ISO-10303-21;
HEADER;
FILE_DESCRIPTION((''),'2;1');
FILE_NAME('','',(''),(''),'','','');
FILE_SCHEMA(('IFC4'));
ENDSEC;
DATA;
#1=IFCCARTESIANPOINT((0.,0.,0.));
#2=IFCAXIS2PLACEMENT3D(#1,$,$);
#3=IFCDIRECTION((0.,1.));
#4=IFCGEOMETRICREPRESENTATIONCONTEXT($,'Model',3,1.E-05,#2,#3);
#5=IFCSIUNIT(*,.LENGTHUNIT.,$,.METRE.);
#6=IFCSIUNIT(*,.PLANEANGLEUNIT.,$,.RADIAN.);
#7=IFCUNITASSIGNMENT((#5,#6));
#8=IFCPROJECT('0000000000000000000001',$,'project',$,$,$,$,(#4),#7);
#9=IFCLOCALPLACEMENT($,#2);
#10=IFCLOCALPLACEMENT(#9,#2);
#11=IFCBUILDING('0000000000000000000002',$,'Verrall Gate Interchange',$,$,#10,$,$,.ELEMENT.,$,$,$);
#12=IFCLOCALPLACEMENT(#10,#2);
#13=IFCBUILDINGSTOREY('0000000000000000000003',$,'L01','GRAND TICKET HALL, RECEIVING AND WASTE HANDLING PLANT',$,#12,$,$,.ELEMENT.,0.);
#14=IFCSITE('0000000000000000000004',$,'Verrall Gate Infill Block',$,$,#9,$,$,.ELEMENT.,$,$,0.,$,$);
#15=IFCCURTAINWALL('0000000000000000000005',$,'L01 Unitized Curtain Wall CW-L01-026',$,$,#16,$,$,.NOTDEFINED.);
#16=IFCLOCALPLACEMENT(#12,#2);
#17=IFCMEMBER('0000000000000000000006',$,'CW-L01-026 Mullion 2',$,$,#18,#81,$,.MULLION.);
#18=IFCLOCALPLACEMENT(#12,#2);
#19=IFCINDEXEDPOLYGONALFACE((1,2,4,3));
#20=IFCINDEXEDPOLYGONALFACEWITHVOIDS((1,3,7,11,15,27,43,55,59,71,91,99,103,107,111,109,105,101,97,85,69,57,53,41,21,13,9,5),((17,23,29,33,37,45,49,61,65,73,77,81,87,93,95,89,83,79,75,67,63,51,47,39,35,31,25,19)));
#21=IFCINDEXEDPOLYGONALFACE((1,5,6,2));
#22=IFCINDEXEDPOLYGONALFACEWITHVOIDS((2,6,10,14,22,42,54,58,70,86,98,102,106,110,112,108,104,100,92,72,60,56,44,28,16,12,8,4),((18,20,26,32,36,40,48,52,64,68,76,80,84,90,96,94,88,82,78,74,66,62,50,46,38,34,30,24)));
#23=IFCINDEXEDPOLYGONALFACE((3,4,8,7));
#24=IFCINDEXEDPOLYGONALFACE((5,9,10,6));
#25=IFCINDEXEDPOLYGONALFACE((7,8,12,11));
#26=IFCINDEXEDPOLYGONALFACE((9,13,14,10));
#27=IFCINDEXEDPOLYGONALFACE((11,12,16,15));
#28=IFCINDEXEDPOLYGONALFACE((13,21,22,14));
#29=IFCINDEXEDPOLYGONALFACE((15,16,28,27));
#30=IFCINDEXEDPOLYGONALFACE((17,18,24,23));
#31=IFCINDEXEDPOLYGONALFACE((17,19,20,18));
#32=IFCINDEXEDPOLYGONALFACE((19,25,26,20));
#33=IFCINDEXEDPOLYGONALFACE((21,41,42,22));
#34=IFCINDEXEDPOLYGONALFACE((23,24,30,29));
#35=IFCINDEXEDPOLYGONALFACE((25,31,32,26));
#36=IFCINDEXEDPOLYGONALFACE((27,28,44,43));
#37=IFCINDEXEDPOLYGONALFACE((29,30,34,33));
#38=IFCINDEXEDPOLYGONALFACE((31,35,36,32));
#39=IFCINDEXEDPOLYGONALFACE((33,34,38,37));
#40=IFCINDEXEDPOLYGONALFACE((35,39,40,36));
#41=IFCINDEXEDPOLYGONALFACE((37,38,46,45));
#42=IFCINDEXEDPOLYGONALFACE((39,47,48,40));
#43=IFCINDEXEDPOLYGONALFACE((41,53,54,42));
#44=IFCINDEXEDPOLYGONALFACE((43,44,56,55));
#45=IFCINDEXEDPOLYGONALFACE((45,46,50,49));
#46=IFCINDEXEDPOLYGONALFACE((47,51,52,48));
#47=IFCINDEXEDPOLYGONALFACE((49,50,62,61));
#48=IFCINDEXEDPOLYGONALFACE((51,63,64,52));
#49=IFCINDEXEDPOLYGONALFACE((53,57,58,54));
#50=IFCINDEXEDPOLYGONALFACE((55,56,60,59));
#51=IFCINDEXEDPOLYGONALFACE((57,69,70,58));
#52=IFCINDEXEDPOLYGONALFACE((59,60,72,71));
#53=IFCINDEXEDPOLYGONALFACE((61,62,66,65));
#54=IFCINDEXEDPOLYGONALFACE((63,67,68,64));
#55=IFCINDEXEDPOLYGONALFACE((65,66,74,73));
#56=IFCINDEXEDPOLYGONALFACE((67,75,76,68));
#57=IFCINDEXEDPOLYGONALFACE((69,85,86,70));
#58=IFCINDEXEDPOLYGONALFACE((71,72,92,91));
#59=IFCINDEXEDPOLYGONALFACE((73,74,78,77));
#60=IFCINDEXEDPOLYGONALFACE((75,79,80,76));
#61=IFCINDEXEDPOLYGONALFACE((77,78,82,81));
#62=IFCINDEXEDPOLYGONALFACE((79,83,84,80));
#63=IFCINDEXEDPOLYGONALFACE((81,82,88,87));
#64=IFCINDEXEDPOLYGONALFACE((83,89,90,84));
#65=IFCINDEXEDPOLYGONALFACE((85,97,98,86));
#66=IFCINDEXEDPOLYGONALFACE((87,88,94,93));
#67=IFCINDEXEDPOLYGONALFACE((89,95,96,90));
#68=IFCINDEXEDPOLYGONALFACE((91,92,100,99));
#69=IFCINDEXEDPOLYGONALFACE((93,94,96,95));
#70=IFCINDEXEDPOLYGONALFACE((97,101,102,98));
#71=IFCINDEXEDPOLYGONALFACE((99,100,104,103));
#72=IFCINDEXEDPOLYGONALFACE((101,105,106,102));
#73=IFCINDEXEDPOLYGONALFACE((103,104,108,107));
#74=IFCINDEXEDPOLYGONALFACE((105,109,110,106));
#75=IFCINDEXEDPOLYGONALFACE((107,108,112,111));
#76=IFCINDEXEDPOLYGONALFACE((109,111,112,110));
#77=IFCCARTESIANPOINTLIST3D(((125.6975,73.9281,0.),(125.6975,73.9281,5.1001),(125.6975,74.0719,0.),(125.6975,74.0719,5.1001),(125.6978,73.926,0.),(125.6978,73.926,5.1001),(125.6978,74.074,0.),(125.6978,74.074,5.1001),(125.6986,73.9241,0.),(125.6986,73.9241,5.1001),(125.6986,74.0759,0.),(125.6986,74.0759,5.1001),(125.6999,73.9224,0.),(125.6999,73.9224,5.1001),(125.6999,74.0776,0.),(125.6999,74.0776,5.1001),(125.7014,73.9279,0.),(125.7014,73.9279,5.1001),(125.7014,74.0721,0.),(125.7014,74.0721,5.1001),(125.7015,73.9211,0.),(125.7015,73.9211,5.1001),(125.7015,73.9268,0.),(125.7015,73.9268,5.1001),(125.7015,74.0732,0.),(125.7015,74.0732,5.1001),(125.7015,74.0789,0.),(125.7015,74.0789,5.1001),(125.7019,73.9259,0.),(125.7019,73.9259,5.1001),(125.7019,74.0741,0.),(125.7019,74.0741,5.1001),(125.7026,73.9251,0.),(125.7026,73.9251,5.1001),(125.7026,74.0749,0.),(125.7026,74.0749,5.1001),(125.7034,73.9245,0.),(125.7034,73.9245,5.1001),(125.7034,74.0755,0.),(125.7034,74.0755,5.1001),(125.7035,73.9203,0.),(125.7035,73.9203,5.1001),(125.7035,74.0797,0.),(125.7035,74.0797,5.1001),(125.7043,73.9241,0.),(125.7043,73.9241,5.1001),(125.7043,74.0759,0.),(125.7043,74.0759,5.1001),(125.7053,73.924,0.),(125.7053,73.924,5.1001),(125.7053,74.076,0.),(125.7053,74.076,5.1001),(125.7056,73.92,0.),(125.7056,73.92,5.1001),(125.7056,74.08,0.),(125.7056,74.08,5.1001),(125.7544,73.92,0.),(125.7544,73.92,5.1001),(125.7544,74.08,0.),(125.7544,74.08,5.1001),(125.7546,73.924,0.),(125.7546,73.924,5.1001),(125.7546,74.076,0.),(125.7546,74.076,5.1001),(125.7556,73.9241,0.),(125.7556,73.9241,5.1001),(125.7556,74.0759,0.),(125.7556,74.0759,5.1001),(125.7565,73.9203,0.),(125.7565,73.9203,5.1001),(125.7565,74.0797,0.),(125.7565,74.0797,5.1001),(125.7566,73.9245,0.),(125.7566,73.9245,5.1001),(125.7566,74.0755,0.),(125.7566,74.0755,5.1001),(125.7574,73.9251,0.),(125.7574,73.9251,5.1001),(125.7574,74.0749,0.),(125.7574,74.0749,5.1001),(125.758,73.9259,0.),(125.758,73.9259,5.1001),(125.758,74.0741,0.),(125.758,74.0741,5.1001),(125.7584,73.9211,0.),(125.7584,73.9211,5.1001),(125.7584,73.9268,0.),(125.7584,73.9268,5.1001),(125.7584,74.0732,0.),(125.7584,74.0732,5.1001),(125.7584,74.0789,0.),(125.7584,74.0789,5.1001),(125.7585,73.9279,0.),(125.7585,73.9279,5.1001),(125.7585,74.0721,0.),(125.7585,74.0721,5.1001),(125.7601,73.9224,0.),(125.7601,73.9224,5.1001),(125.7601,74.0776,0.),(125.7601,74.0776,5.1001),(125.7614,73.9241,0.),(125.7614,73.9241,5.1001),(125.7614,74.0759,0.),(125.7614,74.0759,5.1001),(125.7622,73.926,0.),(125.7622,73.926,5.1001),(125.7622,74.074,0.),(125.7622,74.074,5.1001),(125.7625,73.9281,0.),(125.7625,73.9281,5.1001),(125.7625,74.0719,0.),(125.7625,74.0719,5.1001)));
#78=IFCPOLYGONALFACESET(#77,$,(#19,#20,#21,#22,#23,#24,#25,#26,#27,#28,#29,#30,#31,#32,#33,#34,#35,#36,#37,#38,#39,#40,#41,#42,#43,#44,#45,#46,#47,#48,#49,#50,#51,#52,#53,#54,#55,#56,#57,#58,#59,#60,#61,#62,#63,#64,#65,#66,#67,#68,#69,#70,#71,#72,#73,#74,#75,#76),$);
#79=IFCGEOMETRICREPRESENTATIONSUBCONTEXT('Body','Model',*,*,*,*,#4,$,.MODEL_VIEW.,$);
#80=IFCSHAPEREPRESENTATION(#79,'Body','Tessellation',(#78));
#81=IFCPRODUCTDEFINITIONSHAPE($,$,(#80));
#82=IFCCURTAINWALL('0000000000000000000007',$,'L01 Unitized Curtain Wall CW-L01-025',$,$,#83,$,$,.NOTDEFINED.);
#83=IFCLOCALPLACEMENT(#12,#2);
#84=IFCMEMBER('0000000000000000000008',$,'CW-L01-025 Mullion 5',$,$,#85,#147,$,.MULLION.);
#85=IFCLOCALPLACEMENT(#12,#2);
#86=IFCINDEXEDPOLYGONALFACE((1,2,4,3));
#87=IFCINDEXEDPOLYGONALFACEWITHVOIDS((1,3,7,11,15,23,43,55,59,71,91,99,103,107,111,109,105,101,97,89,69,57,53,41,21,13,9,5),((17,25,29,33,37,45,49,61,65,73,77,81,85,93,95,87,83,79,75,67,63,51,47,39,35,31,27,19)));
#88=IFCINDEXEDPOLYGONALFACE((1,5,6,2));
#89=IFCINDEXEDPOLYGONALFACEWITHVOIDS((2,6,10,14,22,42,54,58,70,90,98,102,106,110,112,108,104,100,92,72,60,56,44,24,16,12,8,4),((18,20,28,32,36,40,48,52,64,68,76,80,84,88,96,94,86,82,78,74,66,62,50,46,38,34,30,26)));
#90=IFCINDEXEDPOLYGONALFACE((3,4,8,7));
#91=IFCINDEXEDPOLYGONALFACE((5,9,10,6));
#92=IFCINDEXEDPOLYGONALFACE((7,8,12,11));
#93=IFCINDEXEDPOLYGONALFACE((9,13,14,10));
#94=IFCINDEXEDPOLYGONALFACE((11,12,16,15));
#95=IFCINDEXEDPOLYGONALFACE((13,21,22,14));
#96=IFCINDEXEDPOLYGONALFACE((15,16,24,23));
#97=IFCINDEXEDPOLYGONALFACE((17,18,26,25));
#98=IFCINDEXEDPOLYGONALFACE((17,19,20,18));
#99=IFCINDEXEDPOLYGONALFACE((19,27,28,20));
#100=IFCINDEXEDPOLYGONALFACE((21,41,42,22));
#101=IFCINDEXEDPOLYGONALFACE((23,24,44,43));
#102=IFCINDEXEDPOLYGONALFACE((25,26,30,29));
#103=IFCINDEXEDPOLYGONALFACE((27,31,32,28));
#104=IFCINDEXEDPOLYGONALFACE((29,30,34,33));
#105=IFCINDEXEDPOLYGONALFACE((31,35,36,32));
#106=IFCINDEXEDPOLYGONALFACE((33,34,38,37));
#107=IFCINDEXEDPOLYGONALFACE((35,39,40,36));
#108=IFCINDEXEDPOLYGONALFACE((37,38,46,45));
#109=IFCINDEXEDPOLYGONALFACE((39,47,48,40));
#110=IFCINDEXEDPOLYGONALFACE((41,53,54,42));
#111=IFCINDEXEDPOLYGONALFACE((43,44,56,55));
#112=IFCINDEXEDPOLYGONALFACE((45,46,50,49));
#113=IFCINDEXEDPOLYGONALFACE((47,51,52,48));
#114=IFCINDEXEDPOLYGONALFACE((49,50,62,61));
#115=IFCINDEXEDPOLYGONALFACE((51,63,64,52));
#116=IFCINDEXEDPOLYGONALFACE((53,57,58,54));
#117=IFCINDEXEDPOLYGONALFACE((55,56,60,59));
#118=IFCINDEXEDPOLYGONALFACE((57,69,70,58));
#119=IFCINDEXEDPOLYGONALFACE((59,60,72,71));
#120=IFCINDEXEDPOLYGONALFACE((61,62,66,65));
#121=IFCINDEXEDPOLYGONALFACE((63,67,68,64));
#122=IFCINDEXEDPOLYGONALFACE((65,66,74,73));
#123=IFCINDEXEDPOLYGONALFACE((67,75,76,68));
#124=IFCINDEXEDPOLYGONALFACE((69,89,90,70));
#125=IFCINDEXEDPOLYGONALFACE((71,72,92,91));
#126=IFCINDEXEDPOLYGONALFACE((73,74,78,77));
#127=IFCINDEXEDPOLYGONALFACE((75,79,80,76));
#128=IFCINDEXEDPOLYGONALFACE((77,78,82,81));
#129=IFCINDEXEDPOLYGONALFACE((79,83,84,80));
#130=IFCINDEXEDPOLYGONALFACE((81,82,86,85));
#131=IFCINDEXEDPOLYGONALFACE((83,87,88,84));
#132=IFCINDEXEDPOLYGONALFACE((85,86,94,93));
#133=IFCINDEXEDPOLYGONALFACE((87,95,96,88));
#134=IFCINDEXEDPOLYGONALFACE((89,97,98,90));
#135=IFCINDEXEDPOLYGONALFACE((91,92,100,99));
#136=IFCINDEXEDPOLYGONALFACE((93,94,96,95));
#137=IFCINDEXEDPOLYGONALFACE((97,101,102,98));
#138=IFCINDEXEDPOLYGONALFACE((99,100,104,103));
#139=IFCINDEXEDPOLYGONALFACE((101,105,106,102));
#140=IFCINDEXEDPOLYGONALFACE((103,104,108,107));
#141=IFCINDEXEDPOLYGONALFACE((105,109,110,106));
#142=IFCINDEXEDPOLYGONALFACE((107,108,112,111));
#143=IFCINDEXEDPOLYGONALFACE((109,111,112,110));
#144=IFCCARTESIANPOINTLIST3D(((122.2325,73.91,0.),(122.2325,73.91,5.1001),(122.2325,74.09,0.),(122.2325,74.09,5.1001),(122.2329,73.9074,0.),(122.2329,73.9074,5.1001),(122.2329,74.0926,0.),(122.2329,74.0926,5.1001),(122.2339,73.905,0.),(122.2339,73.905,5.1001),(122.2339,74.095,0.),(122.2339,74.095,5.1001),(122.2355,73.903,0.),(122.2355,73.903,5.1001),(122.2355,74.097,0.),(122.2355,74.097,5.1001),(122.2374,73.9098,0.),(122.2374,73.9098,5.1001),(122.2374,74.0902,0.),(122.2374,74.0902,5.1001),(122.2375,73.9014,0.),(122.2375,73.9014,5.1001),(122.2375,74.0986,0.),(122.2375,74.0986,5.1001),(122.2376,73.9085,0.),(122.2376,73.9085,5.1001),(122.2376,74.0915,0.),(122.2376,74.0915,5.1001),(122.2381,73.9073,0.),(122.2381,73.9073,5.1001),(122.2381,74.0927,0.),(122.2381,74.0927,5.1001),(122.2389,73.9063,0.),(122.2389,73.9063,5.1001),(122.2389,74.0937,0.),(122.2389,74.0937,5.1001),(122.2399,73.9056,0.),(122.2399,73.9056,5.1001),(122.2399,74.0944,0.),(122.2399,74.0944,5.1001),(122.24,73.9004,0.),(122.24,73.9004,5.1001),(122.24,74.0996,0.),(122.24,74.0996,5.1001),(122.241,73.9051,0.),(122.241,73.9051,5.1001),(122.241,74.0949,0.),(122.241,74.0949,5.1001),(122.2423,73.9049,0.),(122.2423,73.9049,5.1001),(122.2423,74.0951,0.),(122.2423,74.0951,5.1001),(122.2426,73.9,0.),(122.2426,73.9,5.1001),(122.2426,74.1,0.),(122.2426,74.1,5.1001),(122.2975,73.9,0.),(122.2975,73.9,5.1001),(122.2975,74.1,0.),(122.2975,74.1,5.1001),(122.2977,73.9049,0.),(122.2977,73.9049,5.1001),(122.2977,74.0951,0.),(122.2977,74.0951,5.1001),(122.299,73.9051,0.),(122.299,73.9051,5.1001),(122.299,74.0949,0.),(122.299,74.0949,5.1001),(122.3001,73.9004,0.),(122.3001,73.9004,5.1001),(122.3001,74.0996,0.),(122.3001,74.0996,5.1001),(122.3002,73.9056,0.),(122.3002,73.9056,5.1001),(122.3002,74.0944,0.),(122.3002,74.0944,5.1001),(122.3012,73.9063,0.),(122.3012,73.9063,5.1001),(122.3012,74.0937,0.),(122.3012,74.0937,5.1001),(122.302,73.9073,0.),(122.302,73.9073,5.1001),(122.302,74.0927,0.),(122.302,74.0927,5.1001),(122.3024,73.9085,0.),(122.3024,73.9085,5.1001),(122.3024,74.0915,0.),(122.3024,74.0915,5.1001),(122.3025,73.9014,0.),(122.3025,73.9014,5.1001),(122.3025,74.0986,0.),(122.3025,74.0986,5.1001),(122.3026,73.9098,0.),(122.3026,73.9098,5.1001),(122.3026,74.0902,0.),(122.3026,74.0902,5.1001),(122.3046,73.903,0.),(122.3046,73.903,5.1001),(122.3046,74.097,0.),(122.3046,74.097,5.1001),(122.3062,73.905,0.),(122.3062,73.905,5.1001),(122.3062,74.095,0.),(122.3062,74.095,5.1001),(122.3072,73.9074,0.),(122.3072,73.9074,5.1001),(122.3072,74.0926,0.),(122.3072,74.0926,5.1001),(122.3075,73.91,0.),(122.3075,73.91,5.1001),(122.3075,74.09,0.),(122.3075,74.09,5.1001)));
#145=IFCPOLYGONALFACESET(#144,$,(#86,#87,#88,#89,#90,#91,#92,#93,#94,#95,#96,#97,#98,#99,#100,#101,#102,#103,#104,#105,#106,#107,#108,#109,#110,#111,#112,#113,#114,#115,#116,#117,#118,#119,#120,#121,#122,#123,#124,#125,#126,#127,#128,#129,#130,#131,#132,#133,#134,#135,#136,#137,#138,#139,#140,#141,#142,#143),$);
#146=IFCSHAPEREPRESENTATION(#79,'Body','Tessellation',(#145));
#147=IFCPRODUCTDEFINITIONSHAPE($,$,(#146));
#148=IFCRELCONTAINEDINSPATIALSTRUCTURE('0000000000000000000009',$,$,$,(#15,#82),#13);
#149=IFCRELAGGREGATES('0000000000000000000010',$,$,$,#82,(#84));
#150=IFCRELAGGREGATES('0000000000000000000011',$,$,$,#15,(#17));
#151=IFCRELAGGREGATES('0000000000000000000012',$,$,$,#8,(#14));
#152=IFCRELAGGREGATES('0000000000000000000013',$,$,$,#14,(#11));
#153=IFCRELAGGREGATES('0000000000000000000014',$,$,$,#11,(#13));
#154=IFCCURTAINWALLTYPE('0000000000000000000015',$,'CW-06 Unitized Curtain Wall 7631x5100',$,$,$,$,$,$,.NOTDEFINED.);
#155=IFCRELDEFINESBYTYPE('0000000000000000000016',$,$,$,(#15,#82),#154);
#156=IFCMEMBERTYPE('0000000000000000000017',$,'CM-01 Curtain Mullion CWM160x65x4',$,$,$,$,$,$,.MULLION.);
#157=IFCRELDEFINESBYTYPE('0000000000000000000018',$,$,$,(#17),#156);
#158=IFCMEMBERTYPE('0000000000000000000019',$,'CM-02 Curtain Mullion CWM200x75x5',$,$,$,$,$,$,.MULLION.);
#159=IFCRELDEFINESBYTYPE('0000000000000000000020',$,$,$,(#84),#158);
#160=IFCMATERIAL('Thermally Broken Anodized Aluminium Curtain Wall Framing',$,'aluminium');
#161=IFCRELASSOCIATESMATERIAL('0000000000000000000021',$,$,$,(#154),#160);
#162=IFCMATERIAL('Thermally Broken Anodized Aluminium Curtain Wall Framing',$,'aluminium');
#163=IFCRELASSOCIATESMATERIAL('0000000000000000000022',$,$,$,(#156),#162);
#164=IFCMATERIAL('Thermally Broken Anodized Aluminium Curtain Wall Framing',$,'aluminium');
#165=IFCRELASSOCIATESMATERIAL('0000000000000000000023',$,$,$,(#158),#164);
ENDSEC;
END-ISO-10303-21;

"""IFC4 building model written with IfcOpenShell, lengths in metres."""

from ifc_helpers import new_model, si_unit, direction, frame, origin, origin_2d, place, context, subcontext, project, spatial, hollow_rectangle, extrude, material, material_profile, profile_set, type_object, element, aggregate, save


model = new_model("IFC4")

# Units and contexts
model_context = context("Model", 3, precision=1e-05, world=origin(), true_north=direction((0.0, 1.0)))
body_context = subcontext(model_context, "Body", "Model", "MODEL_VIEW")
ifc_project = project(units=[si_unit("LENGTHUNIT", "METRE"), si_unit("PLANEANGLEUNIT", "RADIAN")], contexts=[model_context])

# Site, building, storey
site_placement = place(None, origin())
site = spatial("IfcSite", under=ifc_project, at=site_placement, Name="Verrall Gate Infill Block", CompositionType="ELEMENT", RefElevation=0.0)
building_placement = place(site_placement, origin())
building = spatial("IfcBuilding", under=site, at=building_placement, Name="Verrall Gate Interchange", CompositionType="ELEMENT")
storey_placement = place(building_placement, origin())
storey = spatial("IfcBuildingStorey", under=building, at=storey_placement, Name="L01", Description="GRAND TICKET HALL, RECEIVING AND WASTE HANDLING PLANT", CompositionType="ELEMENT", Elevation=0.0)

# Curtain walls, members
ifc_material_1 = material(Name="Thermally Broken Anodized Aluminium Curtain Wall Framing", Category="aluminium")
curtain_wall_type = type_object("IfcCurtainWallType", Name="CW-06 Unitized Curtain Wall 7631x5100", PredefinedType="NOTDEFINED", material=ifc_material_1)
curtain_wall_1_placement = place(storey_placement, origin())
curtain_wall_1 = element("IfcCurtainWall", 1, at=curtain_wall_1_placement, inside=storey, type_object=curtain_wall_type, Name="L01 Unitized Curtain Wall CW-L01-026", PredefinedType="NOTDEFINED")
ifc_material_2 = material(Name="Thermally Broken Anodized Aluminium Curtain Wall Framing", Category="aluminium")
ifc_material_profile_1 = material_profile(ifc_material_2, hollow_rectangle(XDim=0.0649, YDim=0.1599, WallThickness=0.0039, InnerFilletRadius=0.0039, OuterFilletRadius=0.0081, at=origin_2d()), Name="CWM160x65x4")
ifc_profile_set_1 = profile_set([ifc_material_profile_1], Name="Thermally Broken Anodized Aluminium Curtain Wall Framing")
member_type_1 = type_object("IfcMemberType", Name="CM-01 Curtain Mullion CWM160x65x4", PredefinedType="MULLION", material=ifc_profile_set_1)
member_1_placement = place(storey_placement, frame((125.73, 74.0, 0.0), z_axis=(0.0, 0.0, 1.0), x_axis=(1.0, 0.0, 0.0)))
member_1 = element("IfcMember", 2, at=member_1_placement, type_object=member_type_1, Name="CW-L01-026 Mullion 2", PredefinedType="MULLION", context=body_context, shape_type="SweptSolid", body=[
    extrude(hollow_rectangle(XDim=0.0649, YDim=0.1599, WallThickness=0.0039, InnerFilletRadius=0.0039, OuterFilletRadius=0.0081, at=origin_2d()), origin(), (0.0, 0.0, 1.0), 5.1001),
])
curtain_wall_2_placement = place(storey_placement, origin())
curtain_wall_2 = element("IfcCurtainWall", 3, at=curtain_wall_2_placement, inside=storey, type_object=curtain_wall_type, Name="L01 Unitized Curtain Wall CW-L01-025", PredefinedType="NOTDEFINED")
ifc_material_3 = material(Name="Thermally Broken Anodized Aluminium Curtain Wall Framing", Category="aluminium")
ifc_material_profile_2 = material_profile(ifc_material_3, hollow_rectangle(XDim=0.075, YDim=0.2, WallThickness=0.0049, InnerFilletRadius=0.0049, OuterFilletRadius=0.01, at=origin_2d()), Name="CWM200x75x5")
ifc_profile_set_2 = profile_set([ifc_material_profile_2], Name="Thermally Broken Anodized Aluminium Curtain Wall Framing")
member_type_2 = type_object("IfcMemberType", Name="CM-02 Curtain Mullion CWM200x75x5", PredefinedType="MULLION", material=ifc_profile_set_2)
member_2_placement = place(storey_placement, frame((122.27, 74.0, 0.0), z_axis=(0.0, 0.0, 1.0), x_axis=(1.0, 0.0, 0.0)))
member_2 = element("IfcMember", 4, at=member_2_placement, type_object=member_type_2, Name="CW-L01-025 Mullion 5", PredefinedType="MULLION", context=body_context, shape_type="SweptSolid", body=[
    extrude(hollow_rectangle(XDim=0.075, YDim=0.2, WallThickness=0.0049, InnerFilletRadius=0.0049, OuterFilletRadius=0.01, at=origin_2d()), origin(), (0.0, 0.0, 1.0), 5.1001),
])

aggregate(curtain_wall_2, [member_2])
aggregate(curtain_wall_1, [member_1])

save(model, "model.ifc")
